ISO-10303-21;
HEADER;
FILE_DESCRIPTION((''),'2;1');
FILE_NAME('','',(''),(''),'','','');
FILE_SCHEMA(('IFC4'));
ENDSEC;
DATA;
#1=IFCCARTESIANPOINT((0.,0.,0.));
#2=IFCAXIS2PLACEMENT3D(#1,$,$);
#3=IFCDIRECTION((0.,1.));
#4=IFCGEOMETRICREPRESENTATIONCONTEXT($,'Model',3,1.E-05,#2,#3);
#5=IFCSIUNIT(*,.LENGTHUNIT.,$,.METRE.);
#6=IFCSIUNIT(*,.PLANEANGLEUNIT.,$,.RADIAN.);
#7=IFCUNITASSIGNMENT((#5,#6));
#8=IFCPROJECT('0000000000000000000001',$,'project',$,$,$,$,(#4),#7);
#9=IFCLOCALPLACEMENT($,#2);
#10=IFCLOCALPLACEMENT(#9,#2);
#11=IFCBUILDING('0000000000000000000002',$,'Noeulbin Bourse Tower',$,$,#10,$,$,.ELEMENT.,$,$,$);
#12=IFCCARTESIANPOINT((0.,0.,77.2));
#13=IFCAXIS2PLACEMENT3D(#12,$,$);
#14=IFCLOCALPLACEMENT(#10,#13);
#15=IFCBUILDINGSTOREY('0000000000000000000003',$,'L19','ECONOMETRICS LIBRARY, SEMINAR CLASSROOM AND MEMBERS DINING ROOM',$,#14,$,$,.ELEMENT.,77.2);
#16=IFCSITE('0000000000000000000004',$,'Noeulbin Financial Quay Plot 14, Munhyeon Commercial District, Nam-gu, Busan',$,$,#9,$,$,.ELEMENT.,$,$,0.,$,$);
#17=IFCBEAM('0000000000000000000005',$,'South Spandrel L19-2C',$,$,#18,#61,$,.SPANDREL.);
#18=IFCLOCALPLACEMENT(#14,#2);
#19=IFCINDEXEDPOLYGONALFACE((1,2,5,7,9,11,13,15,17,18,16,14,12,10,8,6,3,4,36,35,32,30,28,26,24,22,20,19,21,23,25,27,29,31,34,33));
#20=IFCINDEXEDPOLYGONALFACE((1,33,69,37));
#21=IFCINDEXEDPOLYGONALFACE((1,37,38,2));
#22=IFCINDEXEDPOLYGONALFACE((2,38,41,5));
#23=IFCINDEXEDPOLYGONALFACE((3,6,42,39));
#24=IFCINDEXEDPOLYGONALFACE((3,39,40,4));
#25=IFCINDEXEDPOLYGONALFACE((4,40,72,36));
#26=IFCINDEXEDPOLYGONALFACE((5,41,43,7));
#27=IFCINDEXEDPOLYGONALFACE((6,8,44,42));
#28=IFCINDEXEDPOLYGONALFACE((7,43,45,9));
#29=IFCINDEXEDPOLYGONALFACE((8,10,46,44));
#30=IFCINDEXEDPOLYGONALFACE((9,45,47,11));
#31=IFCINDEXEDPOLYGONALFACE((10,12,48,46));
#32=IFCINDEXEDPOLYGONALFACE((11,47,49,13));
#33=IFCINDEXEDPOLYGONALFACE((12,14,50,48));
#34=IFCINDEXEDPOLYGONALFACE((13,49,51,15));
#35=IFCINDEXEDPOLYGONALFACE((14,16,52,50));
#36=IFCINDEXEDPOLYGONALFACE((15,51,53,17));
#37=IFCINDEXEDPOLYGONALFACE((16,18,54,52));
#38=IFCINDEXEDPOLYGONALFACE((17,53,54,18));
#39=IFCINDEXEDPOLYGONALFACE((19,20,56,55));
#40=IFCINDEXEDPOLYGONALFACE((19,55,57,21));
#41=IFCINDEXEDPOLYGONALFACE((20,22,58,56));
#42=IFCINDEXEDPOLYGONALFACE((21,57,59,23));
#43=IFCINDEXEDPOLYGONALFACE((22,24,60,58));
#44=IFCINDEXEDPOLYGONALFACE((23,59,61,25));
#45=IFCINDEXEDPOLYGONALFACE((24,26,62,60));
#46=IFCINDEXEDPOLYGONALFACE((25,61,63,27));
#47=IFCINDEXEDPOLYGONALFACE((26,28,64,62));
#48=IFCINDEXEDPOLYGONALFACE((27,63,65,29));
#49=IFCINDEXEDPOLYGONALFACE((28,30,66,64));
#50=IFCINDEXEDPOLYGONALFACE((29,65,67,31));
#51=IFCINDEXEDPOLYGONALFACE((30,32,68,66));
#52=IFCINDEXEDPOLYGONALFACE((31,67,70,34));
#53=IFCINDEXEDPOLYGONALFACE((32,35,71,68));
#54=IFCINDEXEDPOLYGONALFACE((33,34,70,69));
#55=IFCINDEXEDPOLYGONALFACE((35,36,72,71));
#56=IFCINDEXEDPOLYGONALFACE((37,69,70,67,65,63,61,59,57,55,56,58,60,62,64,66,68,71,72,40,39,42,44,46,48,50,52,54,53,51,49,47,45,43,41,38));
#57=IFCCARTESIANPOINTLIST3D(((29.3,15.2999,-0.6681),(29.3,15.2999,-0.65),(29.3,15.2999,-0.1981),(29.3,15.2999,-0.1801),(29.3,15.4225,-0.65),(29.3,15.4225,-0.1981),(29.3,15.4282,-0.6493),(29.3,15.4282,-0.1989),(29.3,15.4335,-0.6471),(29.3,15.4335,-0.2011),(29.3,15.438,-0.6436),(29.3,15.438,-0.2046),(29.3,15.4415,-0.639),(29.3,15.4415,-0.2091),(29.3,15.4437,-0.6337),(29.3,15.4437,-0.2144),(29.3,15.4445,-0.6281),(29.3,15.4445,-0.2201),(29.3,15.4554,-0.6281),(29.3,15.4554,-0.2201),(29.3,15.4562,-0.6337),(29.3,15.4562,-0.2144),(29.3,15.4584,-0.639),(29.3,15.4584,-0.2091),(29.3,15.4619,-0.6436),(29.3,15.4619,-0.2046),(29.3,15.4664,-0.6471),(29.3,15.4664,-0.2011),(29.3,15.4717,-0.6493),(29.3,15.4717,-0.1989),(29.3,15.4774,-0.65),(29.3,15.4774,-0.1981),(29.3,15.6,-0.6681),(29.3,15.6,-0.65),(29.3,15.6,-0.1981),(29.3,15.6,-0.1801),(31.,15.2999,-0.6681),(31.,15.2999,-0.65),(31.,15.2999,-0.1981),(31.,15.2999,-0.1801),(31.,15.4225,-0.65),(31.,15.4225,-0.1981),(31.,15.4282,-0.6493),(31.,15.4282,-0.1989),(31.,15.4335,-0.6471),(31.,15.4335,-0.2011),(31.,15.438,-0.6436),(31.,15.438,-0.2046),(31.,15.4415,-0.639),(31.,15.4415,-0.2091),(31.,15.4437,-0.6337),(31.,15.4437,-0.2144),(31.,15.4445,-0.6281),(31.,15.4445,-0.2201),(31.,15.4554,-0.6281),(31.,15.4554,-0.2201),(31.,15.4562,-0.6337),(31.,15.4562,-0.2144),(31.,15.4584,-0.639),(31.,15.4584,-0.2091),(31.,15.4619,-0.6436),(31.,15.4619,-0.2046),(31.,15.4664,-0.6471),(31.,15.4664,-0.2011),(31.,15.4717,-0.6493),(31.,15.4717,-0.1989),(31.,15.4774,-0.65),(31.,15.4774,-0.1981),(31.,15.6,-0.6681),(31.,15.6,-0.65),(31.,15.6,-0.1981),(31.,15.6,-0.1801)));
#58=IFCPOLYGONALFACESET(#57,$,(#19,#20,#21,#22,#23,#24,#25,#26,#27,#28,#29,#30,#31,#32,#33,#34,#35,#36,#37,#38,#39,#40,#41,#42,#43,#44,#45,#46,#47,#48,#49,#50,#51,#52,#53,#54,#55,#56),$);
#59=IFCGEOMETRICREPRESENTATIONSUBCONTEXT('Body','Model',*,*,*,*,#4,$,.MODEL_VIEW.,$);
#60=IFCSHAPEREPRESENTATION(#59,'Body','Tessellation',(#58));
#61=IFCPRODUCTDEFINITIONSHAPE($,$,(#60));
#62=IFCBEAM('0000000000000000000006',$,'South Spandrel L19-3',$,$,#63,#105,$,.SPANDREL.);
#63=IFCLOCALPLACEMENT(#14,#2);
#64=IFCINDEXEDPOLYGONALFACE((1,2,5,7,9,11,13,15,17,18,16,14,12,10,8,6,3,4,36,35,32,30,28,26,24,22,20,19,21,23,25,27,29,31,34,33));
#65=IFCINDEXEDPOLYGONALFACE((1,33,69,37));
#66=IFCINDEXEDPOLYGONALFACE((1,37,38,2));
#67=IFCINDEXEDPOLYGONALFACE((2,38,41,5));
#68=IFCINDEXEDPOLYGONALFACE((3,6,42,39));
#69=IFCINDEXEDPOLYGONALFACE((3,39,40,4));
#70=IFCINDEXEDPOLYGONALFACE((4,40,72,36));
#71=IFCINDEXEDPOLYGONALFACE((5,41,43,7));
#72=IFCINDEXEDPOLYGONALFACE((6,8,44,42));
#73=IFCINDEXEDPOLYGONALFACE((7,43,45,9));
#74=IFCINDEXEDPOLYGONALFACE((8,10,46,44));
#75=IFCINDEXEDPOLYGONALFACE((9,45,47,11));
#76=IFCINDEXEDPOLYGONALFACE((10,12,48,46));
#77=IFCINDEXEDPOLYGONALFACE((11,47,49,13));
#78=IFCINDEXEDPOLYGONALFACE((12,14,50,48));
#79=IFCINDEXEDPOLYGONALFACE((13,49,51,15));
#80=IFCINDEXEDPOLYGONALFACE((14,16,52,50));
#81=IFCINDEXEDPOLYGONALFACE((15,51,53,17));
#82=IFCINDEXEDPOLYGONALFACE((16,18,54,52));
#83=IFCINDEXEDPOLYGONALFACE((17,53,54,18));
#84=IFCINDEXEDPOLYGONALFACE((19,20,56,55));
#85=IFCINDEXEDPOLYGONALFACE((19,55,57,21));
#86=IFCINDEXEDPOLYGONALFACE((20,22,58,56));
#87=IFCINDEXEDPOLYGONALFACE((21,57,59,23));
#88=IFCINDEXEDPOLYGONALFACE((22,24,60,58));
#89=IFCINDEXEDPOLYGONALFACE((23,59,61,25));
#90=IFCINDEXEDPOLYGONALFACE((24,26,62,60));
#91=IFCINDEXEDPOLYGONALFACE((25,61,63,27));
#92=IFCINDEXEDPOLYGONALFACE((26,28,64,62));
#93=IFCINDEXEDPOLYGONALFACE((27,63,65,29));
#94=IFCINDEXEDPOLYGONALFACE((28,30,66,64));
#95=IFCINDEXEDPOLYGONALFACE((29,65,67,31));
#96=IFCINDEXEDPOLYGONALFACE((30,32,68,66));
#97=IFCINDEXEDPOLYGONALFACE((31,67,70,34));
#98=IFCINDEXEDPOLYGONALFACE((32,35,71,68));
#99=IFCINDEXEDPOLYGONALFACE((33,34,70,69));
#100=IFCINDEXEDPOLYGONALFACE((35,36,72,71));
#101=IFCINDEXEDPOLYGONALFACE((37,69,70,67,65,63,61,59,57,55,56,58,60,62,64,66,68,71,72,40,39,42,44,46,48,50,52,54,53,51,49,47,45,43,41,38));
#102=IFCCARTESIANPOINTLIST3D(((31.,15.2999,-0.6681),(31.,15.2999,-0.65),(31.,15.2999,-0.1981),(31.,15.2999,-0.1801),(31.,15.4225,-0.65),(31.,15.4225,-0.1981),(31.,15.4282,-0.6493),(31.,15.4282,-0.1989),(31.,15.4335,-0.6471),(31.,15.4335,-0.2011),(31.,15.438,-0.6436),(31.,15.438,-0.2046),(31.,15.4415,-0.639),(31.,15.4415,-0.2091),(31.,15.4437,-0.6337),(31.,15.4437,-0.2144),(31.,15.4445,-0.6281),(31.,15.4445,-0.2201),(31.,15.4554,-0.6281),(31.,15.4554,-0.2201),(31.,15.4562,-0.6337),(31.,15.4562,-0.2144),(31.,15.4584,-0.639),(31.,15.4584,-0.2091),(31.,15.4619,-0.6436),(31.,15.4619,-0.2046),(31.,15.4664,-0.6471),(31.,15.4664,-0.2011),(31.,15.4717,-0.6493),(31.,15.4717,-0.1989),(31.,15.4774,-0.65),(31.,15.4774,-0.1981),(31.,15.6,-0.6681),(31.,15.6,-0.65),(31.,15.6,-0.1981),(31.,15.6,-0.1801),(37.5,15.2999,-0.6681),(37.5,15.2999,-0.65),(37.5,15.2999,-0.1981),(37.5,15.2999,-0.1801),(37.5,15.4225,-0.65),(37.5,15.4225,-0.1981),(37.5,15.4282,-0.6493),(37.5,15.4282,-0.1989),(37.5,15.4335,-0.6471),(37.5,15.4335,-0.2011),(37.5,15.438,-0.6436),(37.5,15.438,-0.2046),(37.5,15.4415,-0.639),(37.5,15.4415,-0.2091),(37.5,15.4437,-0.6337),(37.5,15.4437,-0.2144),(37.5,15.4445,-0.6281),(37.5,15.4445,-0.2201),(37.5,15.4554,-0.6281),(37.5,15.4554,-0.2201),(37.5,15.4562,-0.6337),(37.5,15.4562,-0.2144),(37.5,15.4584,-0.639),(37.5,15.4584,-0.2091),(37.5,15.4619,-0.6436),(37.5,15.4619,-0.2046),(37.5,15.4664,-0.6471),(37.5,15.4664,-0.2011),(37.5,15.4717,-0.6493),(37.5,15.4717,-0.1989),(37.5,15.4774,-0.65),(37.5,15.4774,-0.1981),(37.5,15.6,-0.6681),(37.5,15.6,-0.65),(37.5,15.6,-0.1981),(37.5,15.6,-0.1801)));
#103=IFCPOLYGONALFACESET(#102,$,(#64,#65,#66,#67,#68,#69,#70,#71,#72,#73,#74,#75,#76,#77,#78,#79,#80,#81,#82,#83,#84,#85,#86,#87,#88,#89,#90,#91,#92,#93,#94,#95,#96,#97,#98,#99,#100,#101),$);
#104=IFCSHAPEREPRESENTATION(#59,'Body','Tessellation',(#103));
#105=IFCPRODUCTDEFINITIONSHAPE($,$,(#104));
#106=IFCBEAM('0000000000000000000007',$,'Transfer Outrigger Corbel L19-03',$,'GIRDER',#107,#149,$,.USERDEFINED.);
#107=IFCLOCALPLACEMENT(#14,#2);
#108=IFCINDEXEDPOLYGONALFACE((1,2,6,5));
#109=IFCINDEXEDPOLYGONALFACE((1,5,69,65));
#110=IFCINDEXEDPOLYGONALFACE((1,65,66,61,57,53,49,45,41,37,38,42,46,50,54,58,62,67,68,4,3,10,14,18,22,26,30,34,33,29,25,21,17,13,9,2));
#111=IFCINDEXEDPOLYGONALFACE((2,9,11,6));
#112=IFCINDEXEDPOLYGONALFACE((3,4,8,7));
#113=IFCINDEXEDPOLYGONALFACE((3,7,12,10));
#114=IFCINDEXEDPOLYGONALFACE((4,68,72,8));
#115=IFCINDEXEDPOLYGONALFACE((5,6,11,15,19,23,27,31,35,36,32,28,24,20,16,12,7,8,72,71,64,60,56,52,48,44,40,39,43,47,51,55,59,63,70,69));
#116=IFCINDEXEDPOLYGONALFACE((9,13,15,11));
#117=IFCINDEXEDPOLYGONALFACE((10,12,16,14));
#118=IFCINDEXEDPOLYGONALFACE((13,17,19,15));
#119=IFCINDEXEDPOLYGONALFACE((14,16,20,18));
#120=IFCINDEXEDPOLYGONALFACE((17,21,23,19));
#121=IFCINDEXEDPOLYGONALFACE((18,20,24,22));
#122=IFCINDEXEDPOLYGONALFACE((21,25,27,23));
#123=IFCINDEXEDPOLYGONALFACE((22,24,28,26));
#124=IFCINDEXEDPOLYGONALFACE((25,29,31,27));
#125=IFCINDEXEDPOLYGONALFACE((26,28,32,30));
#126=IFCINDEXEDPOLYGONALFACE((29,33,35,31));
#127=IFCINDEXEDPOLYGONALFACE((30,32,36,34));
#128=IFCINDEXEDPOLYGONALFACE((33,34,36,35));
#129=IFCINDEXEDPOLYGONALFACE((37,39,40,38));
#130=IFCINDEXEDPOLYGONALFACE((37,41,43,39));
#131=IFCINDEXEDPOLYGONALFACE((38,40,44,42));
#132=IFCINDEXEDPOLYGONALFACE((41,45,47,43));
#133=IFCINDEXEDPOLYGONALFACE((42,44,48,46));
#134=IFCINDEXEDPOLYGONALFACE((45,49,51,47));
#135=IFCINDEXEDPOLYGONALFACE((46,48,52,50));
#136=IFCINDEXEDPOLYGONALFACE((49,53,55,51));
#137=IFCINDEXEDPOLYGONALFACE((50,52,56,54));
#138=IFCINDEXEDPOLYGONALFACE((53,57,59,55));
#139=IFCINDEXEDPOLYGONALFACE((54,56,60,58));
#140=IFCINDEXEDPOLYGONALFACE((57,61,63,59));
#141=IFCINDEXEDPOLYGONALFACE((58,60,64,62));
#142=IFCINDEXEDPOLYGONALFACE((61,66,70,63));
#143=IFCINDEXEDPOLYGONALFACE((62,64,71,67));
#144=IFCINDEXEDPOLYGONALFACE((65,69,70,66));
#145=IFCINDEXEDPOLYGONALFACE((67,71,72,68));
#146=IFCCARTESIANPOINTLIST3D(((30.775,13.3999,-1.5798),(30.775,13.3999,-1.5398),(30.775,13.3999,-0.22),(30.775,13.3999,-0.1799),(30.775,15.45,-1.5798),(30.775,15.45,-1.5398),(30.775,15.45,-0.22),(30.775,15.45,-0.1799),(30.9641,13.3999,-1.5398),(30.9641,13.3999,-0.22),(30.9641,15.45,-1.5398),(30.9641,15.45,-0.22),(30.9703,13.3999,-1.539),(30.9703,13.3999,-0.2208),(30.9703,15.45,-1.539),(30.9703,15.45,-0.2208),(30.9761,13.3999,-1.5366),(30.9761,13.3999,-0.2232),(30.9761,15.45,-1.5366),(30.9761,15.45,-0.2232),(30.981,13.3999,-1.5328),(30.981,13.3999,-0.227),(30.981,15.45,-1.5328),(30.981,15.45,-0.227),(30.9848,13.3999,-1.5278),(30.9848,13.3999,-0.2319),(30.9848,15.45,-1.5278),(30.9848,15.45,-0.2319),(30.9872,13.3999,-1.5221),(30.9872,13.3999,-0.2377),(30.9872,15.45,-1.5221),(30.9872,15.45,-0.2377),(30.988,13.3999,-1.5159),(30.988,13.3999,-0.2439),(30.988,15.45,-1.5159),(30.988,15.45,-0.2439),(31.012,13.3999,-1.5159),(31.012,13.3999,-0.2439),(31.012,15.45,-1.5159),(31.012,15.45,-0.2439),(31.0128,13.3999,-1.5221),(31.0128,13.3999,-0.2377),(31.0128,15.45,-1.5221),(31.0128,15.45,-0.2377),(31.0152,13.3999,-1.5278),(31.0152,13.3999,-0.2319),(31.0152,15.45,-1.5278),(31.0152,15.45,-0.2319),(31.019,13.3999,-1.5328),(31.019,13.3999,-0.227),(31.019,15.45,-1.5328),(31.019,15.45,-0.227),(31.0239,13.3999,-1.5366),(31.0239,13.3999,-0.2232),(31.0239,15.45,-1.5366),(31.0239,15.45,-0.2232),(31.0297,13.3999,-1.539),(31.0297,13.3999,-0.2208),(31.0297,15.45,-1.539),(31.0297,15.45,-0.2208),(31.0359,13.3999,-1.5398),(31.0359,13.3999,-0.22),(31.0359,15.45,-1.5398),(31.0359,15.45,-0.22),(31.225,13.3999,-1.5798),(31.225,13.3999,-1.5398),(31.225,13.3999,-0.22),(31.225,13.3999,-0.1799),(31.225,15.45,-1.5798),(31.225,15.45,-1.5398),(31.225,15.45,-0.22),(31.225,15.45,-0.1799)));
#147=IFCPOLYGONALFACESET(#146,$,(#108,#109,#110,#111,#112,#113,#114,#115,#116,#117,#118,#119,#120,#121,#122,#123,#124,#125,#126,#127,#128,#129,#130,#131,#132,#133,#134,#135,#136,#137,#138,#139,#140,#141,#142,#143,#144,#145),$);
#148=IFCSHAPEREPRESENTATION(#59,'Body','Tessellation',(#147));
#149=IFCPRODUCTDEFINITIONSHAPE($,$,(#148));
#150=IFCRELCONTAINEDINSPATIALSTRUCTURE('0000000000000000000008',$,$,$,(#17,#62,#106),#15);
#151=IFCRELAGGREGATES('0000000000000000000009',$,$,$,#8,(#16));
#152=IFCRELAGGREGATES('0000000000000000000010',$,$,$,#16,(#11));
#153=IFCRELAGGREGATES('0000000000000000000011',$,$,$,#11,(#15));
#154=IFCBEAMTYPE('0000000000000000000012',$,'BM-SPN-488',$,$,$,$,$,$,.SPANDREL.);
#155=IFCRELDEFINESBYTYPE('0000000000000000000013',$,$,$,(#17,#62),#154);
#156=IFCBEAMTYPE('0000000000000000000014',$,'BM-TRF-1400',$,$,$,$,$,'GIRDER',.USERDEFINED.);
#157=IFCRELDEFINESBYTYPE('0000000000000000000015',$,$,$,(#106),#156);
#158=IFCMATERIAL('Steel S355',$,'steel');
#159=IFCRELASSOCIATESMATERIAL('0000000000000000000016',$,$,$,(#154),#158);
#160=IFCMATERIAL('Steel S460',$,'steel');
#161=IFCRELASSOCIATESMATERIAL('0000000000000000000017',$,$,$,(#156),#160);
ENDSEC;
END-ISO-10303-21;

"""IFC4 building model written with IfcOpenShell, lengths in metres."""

from ifc_helpers import new_model, si_unit, direction, frame, origin, origin_2d, place, context, subcontext, project, spatial, i_section, extrude, material, material_profile, profile_set, type_object, element, save


model = new_model("IFC4")

# Units and contexts
model_context = context("Model", 3, precision=1e-05, world=origin(), true_north=direction((0.0, 1.0)))
body_context = subcontext(model_context, "Body", "Model", "MODEL_VIEW")
ifc_project = project(units=[si_unit("LENGTHUNIT", "METRE"), si_unit("PLANEANGLEUNIT", "RADIAN")], contexts=[model_context])

# Site, building, storey
site_placement = place(None, origin())
site = spatial("IfcSite", under=ifc_project, at=site_placement, Name="Noeulbin Financial Quay Plot 14, Munhyeon Commercial District, Nam-gu, Busan", CompositionType="ELEMENT", RefElevation=0.0)
building_placement = place(site_placement, origin())
building = spatial("IfcBuilding", under=site, at=building_placement, Name="Noeulbin Bourse Tower", CompositionType="ELEMENT")
storey_placement = place(building_placement, frame((0.0, 0.0, 77.2)))
storey = spatial("IfcBuildingStorey", under=building, at=storey_placement, Name="L19", Description="ECONOMETRICS LIBRARY, SEMINAR CLASSROOM AND MEMBERS DINING ROOM", CompositionType="ELEMENT", Elevation=77.2)

# Shared definitions
ifc_material_1 = material(Name="Steel S355", Category="steel")
ifc_material_2 = material(Name="Steel S460", Category="steel")

# Beams
ifc_material_profile_1 = material_profile(ifc_material_1, i_section(OverallWidth=0.3, OverallDepth=0.488, WebThickness=0.011, FlangeThickness=0.0181, FilletRadius=0.022, at=origin_2d()), Name="H-488x300x11x18", Category="LoadBearing")
ifc_profile_set_1 = profile_set([ifc_material_profile_1], Name="Steel S355")
beam_type_1 = type_object("IfcBeamType", Name="BM-SPN-488", PredefinedType="SPANDREL", material=ifc_profile_set_1)
beam_1_placement = place(storey_placement, frame((29.3, 15.45, -0.4241), z_axis=(1.0, 0.0, 0.0), x_axis=(0.0, 1.0, 0.0)))
element("IfcBeam", 1, at=beam_1_placement, inside=storey, type_object=beam_type_1, Name="South Spandrel L19-2C", PredefinedType="SPANDREL", context=body_context, shape_type="SweptSolid", body=[
    extrude(i_section(OverallWidth=0.3, OverallDepth=0.488, WebThickness=0.011, FlangeThickness=0.0181, FilletRadius=0.022, at=origin_2d()), origin(), (0.0, 0.0, 1.0), 1.7),
])
beam_2_placement = place(storey_placement, frame((31.0, 15.45, -0.4241), z_axis=(1.0, 0.0, 0.0), x_axis=(0.0, 1.0, 0.0)))
element("IfcBeam", 2, at=beam_2_placement, inside=storey, type_object=beam_type_1, Name="South Spandrel L19-3", PredefinedType="SPANDREL", context=body_context, shape_type="SweptSolid", body=[
    extrude(i_section(OverallWidth=0.3, OverallDepth=0.488, WebThickness=0.011, FlangeThickness=0.0181, FilletRadius=0.022, at=origin_2d()), origin(), (0.0, 0.0, 1.0), 6.5),
])
ifc_material_profile_2 = material_profile(ifc_material_2, i_section(OverallWidth=0.45, OverallDepth=1.3999, WebThickness=0.0239, FlangeThickness=0.04, FilletRadius=0.0239, at=origin_2d()), Name="PG-1400x450x24x40", Category="LoadBearing")
ifc_profile_set_2 = profile_set([ifc_material_profile_2], Name="Steel S460")
beam_type_2 = type_object("IfcBeamType", Name="BM-TRF-1400", ElementType="GIRDER", PredefinedType="USERDEFINED", material=ifc_profile_set_2)
beam_3_placement = place(storey_placement, frame((31.0, 13.3999, -0.8799), z_axis=(0.0, 1.0, 0.0), x_axis=(-1.0, 0.0, 0.0)))
element("IfcBeam", 3, at=beam_3_placement, inside=storey, type_object=beam_type_2, Name="Transfer Outrigger Corbel L19-03", ObjectType="GIRDER", PredefinedType="USERDEFINED", context=body_context, shape_type="SweptSolid", body=[
    extrude(i_section(OverallWidth=0.45, OverallDepth=1.3999, WebThickness=0.0239, FlangeThickness=0.04, FilletRadius=0.0239, at=origin_2d()), origin(), (0.0, 0.0, 1.0), 2.05),
])

save(model, "model.ifc")
